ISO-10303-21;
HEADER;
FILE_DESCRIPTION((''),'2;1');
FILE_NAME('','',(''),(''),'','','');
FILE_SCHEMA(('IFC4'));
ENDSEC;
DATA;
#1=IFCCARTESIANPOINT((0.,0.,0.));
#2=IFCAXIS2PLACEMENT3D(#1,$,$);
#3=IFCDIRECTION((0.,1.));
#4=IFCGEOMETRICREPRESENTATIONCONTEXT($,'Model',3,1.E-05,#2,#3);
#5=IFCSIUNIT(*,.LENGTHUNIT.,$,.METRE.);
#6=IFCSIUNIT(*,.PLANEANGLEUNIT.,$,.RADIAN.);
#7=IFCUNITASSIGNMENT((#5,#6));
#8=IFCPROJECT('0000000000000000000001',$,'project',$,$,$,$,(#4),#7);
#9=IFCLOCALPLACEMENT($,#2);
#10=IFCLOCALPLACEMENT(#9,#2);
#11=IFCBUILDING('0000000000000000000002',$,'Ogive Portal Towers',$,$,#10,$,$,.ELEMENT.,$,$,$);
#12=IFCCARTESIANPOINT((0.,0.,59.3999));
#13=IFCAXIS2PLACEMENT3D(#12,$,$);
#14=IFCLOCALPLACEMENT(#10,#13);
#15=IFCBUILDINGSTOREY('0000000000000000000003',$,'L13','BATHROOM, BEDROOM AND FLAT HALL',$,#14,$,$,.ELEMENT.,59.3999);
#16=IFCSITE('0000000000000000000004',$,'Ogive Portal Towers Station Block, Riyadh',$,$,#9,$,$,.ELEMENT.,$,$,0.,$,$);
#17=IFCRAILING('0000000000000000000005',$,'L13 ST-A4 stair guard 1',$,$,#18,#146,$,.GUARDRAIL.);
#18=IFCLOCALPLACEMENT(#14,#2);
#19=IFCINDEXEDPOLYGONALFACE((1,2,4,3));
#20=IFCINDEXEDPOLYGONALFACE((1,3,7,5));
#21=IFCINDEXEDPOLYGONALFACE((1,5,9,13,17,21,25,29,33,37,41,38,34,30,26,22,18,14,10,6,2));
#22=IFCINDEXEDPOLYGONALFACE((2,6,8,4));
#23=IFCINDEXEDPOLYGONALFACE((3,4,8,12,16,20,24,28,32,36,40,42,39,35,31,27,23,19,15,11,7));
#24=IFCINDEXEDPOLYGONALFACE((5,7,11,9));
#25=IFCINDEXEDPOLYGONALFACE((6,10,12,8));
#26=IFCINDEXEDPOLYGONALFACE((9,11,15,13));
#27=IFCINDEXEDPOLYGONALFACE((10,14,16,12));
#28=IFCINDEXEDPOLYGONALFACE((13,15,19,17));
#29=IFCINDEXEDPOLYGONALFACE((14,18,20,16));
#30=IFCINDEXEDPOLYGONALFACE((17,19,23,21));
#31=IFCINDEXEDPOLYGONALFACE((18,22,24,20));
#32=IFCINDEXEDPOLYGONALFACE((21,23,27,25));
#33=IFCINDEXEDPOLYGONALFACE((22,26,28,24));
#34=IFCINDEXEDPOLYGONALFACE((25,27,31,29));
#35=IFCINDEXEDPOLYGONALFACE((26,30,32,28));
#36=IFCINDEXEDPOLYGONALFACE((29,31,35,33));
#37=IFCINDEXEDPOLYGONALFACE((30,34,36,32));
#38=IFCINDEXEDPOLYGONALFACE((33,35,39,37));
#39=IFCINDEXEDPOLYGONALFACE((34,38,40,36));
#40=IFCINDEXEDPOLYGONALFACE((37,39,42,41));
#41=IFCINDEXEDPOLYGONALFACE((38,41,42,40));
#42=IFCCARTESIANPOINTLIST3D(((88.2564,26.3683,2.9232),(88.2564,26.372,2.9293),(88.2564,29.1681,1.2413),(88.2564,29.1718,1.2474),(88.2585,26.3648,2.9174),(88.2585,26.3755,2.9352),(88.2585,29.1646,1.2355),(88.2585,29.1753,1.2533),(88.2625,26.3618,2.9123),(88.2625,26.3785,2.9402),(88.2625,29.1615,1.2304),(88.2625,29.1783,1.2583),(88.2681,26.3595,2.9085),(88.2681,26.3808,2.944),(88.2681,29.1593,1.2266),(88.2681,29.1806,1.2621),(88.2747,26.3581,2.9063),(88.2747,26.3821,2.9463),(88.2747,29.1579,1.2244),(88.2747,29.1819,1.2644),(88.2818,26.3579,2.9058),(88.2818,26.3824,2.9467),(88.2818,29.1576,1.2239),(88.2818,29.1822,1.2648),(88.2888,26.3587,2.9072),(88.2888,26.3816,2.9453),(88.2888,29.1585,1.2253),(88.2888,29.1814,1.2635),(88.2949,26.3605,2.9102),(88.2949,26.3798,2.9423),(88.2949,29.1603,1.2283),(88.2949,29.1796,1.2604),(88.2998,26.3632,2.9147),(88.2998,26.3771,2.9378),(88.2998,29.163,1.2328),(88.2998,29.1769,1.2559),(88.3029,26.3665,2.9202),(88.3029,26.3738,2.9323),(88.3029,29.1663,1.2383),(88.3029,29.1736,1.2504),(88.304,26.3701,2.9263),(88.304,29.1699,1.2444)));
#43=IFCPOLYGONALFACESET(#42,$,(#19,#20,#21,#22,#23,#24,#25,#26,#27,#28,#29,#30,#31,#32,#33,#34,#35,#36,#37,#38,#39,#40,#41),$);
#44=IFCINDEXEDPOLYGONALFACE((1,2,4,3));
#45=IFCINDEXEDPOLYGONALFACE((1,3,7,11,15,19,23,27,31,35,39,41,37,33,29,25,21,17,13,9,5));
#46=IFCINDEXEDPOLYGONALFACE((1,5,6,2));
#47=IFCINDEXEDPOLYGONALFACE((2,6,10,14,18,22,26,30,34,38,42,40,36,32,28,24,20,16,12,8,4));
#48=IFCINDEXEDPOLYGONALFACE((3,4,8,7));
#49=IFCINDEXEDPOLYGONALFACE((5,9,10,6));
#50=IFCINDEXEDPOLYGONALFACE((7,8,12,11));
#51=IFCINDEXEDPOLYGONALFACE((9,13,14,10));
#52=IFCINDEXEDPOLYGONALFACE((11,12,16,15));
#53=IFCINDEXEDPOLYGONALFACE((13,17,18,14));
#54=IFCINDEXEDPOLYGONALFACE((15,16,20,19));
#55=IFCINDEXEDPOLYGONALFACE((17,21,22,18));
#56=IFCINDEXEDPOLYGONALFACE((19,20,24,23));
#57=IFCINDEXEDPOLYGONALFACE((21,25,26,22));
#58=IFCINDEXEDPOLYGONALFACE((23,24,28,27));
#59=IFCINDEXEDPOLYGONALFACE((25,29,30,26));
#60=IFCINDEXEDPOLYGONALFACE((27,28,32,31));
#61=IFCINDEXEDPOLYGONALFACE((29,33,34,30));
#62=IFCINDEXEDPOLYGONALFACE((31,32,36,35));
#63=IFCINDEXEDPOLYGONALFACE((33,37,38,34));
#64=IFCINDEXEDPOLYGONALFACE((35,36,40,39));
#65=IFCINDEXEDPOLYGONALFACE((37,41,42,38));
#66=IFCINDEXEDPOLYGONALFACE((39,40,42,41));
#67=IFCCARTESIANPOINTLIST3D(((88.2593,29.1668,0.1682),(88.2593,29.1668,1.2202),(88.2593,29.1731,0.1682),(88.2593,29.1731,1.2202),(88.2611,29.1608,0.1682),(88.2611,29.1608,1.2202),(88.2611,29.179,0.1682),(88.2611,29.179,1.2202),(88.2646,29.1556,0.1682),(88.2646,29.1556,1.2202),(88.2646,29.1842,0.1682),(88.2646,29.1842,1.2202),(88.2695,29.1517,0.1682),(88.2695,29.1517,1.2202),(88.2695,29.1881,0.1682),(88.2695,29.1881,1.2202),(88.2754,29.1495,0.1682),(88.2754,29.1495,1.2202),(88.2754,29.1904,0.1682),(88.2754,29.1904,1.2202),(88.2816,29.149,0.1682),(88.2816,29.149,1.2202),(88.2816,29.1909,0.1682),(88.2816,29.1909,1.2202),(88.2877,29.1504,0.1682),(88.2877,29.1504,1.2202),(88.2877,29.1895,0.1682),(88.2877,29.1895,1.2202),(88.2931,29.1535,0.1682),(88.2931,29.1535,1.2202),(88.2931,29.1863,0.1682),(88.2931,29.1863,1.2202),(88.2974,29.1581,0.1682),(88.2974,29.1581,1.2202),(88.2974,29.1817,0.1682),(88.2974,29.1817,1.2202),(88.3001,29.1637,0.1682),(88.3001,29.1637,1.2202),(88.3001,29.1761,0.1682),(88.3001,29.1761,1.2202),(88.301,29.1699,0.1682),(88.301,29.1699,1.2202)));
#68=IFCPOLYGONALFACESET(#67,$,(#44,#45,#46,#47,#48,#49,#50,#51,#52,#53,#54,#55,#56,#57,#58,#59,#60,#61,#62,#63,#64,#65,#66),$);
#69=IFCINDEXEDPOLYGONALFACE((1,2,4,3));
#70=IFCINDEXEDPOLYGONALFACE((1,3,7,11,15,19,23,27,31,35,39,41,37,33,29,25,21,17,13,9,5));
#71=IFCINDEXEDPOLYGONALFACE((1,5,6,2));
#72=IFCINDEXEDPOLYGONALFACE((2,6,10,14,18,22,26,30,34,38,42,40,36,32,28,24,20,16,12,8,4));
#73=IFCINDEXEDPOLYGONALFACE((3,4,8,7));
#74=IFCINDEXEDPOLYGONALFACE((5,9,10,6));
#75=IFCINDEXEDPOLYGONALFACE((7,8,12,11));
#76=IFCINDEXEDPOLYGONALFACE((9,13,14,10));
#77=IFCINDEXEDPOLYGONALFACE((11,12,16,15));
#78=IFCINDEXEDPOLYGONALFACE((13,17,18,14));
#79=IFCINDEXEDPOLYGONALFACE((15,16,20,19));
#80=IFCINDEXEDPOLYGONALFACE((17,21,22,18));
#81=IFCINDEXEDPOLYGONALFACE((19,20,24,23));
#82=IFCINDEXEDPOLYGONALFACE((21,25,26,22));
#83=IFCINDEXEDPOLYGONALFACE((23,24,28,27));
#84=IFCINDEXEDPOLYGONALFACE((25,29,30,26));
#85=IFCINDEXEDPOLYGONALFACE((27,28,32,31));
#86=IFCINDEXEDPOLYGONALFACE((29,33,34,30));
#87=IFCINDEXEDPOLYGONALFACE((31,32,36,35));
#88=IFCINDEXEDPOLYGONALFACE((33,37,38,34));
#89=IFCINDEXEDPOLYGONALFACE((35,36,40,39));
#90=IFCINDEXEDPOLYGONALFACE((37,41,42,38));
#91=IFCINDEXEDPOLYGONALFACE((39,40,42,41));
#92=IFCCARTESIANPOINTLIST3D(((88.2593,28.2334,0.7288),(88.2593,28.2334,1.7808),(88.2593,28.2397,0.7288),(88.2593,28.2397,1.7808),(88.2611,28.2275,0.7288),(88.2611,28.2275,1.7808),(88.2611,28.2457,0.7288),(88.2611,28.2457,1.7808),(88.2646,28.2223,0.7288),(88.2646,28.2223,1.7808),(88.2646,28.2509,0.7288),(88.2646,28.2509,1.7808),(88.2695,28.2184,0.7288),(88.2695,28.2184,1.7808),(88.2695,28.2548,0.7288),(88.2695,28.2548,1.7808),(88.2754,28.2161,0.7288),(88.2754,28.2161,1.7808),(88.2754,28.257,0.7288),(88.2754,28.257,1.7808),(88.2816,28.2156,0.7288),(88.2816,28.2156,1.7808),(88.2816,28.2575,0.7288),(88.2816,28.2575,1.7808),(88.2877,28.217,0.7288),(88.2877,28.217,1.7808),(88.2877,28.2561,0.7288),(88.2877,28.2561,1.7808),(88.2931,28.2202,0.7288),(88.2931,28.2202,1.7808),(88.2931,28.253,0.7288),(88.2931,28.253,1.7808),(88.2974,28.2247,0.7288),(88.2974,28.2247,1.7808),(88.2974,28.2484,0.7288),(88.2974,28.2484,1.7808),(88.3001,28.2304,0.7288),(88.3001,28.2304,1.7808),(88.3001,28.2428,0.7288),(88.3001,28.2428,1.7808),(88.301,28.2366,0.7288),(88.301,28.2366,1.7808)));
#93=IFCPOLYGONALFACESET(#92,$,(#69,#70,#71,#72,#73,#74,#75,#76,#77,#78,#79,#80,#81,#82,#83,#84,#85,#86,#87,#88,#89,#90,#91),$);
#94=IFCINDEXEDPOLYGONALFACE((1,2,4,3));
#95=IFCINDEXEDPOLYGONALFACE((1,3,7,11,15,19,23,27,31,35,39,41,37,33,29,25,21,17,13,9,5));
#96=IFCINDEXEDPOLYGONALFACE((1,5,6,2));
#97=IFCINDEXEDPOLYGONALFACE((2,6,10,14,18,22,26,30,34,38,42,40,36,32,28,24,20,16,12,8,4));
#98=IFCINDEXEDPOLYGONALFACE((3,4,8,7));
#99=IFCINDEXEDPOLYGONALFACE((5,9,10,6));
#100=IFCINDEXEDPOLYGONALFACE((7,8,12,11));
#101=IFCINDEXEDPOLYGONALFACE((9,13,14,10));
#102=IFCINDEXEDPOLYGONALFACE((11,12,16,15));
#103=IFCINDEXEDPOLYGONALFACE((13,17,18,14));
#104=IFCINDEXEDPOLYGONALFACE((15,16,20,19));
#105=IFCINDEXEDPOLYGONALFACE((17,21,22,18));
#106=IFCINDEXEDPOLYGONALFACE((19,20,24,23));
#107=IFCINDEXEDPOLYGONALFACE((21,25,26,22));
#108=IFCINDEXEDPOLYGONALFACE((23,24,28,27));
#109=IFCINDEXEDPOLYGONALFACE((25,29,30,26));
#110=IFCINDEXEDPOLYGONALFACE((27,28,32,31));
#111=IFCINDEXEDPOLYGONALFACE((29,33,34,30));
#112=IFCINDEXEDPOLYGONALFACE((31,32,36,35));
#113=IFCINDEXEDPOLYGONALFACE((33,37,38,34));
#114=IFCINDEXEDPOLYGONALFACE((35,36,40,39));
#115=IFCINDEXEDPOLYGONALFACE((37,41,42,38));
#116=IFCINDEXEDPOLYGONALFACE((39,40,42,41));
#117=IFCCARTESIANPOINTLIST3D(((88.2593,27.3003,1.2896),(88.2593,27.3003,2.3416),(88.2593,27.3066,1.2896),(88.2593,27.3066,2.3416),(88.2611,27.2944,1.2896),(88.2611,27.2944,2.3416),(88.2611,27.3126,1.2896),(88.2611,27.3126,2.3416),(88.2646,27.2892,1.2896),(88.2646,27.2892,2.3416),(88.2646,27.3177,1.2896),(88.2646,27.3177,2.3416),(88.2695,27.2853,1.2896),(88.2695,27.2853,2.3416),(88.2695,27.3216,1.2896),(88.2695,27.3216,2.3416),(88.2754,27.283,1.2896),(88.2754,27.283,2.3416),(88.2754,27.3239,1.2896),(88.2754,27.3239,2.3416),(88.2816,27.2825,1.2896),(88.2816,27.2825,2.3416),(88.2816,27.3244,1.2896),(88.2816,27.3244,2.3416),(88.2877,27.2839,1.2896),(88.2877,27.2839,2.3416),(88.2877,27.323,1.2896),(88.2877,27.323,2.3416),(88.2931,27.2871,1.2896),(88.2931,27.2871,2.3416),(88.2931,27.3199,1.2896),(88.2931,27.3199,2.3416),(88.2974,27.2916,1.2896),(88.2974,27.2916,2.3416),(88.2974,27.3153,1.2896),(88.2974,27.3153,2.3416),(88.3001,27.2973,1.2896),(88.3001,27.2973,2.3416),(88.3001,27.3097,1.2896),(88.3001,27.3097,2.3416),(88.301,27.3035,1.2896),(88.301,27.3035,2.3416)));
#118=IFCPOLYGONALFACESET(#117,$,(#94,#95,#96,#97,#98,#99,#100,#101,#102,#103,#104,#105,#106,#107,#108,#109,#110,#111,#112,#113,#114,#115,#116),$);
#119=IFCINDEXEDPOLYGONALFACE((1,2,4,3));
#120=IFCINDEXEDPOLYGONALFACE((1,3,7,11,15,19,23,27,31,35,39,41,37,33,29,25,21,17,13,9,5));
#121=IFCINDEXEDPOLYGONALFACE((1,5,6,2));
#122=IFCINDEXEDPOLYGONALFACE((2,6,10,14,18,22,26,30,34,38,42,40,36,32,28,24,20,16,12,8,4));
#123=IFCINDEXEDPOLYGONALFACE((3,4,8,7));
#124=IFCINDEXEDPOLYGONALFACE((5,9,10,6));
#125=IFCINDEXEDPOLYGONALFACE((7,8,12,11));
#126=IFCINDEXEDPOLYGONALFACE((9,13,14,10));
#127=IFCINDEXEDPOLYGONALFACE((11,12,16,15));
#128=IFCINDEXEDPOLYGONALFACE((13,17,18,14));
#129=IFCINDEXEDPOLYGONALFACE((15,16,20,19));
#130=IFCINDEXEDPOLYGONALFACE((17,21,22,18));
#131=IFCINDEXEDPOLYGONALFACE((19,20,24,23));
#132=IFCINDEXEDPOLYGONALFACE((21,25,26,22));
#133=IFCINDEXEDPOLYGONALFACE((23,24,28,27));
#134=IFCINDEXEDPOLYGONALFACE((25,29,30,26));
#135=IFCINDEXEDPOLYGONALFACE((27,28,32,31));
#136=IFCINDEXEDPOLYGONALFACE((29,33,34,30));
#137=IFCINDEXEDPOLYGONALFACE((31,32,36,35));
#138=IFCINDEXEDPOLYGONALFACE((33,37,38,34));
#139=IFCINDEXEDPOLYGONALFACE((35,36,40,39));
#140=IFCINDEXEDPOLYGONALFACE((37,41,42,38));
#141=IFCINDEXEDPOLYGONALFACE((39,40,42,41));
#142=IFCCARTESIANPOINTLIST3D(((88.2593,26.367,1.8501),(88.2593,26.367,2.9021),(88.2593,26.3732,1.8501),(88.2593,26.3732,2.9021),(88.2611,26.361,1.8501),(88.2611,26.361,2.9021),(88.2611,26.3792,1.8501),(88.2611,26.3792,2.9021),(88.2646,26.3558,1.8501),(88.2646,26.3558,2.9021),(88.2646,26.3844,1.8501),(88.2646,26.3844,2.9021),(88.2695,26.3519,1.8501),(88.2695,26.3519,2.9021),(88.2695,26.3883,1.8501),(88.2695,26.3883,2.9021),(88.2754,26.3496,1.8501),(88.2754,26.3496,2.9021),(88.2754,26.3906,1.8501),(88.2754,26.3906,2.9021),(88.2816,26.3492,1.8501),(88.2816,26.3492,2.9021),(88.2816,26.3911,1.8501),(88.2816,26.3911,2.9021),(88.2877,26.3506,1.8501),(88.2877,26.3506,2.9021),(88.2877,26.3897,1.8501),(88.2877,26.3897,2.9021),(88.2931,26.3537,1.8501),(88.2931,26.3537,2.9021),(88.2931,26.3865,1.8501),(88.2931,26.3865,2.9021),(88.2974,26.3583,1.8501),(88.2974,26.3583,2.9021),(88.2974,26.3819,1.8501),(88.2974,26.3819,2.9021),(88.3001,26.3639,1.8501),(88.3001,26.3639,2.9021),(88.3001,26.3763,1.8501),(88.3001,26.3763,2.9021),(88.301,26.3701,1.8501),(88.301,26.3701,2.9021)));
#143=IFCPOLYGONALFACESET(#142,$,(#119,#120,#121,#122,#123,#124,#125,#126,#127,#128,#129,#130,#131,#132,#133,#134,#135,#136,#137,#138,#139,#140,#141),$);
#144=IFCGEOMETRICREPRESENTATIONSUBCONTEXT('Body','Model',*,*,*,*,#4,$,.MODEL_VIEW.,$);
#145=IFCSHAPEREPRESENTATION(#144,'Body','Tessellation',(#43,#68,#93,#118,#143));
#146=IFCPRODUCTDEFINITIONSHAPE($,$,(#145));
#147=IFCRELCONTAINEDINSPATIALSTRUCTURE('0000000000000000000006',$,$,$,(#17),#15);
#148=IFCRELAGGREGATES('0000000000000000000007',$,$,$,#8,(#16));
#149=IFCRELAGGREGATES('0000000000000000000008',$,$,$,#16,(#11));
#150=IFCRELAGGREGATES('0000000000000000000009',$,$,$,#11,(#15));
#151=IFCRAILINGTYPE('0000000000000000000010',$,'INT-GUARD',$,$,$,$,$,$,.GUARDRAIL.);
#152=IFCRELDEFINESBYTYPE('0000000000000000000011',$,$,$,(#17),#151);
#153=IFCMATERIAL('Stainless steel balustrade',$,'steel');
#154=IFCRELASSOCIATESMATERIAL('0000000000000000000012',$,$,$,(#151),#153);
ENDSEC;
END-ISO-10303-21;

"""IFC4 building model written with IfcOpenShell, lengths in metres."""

from ifc_helpers import new_model, si_unit, direction, frame, origin, origin_2d, place, context, subcontext, project, spatial, circle, extrude, material, type_object, element, save


model = new_model("IFC4")

# Units and contexts
model_context = context("Model", 3, precision=1e-05, world=origin(), true_north=direction((0.0, 1.0)))
body_context = subcontext(model_context, "Body", "Model", "MODEL_VIEW")
ifc_project = project(units=[si_unit("LENGTHUNIT", "METRE"), si_unit("PLANEANGLEUNIT", "RADIAN")], contexts=[model_context])

# Site, building, storey
site_placement = place(None, origin())
site = spatial("IfcSite", under=ifc_project, at=site_placement, Name="Ogive Portal Towers Station Block, Riyadh", CompositionType="ELEMENT", RefElevation=0.0)
building_placement = place(site_placement, origin())
building = spatial("IfcBuilding", under=site, at=building_placement, Name="Ogive Portal Towers", CompositionType="ELEMENT")
storey_placement = place(building_placement, frame((0.0, 0.0, 59.3999)))
storey = spatial("IfcBuildingStorey", under=building, at=storey_placement, Name="L13", Description="BATHROOM, BEDROOM AND FLAT HALL", CompositionType="ELEMENT", Elevation=59.3999)

# Railing
ifc_material_1 = material(Name="Stainless steel balustrade", Category="steel")
railing_type_1 = type_object("IfcRailingType", Name="INT-GUARD", PredefinedType="GUARDRAIL", material=ifc_material_1)
railing_1_placement = place(storey_placement, frame((88.28, 29.1699, 0.1682)))
element("IfcRailing", 1, at=railing_1_placement, inside=storey, type_object=railing_type_1, Name="L13 ST-A4 stair guard 1", PredefinedType="GUARDRAIL", context=body_context, shape_type="SweptSolid", body=[
    extrude(circle(Radius=0.0239, at=origin_2d()), frame((0.0, 0.0, 1.0762), z_axis=(0.0, -0.857222, 0.514946), x_axis=(1.0, 0.0, 0.0)), (0.0, 0.0, 1.0), 3.2661),
    extrude(circle(Radius=0.021, at=origin_2d()), origin(), (0.0, 0.0, 1.0), 1.052),
    extrude(circle(Radius=0.021, at=origin_2d()), frame((0.0, -0.9333, 0.5605)), (0.0, 0.0, 1.0), 1.052),
    extrude(circle(Radius=0.021, at=origin_2d()), frame((0.0, -1.8665, 1.1213)), (0.0, 0.0, 1.0), 1.052),
    extrude(circle(Radius=0.021, at=origin_2d()), frame((0.0, -2.7998, 1.6819)), (0.0, 0.0, 1.0), 1.052),
])

save(model, "model.ifc")
